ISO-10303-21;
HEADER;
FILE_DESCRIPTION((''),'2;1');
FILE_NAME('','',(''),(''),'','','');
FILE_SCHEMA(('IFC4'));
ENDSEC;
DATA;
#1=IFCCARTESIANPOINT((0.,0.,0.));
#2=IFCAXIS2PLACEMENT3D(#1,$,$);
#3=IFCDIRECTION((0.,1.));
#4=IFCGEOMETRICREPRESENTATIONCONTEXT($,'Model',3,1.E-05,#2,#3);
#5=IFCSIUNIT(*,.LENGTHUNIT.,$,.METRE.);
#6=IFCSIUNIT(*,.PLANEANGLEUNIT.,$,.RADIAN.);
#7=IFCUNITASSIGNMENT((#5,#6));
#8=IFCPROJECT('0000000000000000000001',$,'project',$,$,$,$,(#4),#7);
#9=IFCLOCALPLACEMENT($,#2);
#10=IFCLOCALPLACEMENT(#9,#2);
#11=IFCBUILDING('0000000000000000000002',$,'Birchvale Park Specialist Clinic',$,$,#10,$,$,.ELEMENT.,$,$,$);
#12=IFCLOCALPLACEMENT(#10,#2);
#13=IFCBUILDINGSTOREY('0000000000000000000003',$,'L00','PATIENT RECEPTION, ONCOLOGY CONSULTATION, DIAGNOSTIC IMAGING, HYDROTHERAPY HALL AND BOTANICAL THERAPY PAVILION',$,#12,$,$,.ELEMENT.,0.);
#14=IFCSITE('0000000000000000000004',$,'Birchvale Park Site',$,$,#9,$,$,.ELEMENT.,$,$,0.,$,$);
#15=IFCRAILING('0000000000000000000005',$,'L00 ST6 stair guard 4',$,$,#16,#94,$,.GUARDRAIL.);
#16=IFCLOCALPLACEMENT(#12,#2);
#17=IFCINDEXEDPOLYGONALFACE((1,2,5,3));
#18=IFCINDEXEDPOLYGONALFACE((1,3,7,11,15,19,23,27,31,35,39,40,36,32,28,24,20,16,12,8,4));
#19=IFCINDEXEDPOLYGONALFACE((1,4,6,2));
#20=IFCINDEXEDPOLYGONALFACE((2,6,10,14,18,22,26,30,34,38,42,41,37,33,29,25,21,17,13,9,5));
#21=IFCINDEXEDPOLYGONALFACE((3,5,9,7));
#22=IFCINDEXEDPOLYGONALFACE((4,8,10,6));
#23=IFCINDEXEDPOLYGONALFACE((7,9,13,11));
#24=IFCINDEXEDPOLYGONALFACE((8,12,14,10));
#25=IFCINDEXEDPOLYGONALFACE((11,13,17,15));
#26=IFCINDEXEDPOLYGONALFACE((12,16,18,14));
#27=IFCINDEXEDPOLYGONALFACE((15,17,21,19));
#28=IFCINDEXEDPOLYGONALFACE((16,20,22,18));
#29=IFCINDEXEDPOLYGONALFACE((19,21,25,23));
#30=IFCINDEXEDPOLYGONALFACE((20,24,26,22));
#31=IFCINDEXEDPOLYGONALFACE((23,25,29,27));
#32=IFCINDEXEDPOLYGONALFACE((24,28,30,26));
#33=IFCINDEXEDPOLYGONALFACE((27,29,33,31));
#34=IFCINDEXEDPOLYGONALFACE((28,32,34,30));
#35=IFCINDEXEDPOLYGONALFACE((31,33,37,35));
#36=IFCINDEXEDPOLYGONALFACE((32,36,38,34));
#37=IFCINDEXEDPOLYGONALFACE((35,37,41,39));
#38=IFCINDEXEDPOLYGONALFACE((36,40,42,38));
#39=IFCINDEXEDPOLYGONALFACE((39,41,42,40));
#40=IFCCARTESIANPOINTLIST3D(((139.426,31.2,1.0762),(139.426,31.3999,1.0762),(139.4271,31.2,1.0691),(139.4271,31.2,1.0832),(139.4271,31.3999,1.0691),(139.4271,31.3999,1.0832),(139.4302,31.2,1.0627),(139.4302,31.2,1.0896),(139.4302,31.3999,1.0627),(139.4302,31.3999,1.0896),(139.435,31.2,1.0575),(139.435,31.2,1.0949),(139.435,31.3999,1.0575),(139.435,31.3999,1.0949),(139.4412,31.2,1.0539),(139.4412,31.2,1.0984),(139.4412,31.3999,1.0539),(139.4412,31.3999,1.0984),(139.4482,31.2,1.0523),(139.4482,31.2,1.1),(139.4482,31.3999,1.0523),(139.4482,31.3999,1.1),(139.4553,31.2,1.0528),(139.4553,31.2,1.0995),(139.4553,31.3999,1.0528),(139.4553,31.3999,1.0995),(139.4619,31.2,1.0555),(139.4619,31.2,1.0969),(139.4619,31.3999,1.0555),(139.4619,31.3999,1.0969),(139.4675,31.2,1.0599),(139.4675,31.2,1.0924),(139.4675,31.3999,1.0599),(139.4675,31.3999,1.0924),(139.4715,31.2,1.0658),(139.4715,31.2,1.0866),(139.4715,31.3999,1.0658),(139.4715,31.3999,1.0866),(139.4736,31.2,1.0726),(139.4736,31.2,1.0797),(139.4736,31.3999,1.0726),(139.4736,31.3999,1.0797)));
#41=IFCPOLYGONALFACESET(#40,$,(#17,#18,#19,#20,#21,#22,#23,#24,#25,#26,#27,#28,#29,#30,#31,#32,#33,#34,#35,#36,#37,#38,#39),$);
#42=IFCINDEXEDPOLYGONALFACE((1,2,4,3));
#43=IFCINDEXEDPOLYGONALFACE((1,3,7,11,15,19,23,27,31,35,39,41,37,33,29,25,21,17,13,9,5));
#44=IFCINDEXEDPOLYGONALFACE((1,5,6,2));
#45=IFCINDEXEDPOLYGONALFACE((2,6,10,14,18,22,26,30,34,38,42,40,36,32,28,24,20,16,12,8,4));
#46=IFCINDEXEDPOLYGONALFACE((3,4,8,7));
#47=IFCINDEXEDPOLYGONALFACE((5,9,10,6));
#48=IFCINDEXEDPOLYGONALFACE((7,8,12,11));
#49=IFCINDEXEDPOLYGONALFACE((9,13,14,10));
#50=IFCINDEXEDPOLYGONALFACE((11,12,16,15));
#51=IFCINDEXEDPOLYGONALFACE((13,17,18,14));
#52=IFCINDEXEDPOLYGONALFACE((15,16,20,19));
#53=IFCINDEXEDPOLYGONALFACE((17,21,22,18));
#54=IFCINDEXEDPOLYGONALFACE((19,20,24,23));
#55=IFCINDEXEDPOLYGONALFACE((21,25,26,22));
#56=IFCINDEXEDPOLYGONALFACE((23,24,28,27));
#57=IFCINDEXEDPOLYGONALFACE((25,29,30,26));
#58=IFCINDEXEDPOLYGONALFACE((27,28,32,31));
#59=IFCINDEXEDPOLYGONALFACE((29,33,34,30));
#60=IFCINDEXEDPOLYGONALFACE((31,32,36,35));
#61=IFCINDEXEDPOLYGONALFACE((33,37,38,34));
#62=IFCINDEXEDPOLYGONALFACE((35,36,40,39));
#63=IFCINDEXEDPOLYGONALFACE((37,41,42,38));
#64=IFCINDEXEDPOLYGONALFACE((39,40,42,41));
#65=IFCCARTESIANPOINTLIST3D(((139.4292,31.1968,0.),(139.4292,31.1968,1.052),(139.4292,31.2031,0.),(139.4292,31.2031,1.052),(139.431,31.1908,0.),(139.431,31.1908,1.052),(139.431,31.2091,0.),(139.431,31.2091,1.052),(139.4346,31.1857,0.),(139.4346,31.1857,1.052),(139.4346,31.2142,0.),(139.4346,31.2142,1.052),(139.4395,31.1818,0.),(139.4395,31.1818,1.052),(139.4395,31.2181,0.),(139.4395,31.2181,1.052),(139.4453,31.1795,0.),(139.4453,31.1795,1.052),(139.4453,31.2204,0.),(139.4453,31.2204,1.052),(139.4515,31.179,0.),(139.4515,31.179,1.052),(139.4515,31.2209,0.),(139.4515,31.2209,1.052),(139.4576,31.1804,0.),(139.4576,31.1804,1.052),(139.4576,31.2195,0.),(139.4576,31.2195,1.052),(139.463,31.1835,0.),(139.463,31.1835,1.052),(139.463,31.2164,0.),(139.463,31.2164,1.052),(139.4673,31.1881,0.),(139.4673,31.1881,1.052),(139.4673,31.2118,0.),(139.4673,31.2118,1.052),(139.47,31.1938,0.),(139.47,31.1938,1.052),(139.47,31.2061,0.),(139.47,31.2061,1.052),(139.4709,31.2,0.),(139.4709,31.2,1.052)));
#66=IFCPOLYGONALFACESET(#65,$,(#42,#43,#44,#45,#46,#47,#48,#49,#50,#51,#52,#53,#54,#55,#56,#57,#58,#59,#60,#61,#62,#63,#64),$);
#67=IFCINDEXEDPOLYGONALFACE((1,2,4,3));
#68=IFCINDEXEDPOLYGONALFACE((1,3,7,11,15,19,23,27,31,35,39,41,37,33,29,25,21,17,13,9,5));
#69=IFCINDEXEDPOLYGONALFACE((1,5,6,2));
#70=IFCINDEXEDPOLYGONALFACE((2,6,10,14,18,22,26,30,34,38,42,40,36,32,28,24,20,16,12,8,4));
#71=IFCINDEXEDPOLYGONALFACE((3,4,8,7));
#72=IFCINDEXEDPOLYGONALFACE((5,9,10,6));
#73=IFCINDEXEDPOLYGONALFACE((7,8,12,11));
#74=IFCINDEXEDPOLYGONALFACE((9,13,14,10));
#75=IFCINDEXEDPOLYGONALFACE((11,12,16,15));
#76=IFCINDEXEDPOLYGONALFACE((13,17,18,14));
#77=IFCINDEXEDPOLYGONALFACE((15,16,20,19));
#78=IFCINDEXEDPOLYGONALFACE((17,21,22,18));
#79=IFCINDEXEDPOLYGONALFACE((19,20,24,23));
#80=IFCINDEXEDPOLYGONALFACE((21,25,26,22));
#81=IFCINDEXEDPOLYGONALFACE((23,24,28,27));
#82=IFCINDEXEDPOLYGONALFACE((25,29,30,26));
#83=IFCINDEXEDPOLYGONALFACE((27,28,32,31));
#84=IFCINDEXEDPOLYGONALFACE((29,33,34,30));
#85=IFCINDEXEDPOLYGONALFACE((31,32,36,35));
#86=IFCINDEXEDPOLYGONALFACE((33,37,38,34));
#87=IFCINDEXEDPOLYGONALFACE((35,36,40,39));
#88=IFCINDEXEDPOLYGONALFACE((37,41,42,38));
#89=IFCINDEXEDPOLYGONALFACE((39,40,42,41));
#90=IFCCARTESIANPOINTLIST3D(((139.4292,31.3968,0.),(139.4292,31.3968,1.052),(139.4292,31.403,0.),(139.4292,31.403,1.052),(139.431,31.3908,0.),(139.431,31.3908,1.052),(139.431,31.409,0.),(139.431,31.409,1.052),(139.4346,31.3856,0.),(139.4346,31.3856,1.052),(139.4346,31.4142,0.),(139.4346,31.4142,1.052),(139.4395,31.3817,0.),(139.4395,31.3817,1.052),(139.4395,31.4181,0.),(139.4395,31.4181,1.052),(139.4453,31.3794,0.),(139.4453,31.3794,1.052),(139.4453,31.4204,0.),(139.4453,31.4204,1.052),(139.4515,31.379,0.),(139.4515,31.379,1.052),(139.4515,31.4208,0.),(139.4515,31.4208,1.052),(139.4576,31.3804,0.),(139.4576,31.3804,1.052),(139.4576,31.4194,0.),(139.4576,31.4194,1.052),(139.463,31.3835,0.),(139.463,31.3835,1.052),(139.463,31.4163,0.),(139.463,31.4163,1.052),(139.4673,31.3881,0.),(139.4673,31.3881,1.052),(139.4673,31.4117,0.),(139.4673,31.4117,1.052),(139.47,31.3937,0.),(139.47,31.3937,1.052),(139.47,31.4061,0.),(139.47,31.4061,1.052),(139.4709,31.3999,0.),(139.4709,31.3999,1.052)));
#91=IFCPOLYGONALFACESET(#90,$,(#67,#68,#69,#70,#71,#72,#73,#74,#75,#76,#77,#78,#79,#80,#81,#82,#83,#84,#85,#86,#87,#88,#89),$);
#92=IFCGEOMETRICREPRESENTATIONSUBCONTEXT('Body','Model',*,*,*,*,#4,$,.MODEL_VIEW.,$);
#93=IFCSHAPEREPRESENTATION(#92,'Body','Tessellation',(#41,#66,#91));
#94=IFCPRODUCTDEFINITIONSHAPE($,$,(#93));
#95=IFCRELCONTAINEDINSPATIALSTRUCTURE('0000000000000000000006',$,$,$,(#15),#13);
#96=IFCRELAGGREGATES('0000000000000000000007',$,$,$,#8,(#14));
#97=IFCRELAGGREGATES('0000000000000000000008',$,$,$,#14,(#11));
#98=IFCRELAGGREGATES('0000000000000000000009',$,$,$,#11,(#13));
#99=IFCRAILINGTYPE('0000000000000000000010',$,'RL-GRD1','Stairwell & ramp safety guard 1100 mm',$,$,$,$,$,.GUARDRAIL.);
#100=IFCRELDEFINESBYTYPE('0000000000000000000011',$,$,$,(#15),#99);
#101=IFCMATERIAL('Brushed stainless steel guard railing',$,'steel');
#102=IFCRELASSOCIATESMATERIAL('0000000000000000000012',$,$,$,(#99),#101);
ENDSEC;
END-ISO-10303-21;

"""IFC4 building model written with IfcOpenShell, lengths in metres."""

from ifc_helpers import new_model, si_unit, direction, frame, origin, origin_2d, place, context, subcontext, project, spatial, circle, extrude, material, type_object, element, save


model = new_model("IFC4")

# Units and contexts
model_context = context("Model", 3, precision=1e-05, world=origin(), true_north=direction((0.0, 1.0)))
body_context = subcontext(model_context, "Body", "Model", "MODEL_VIEW")
ifc_project = project(units=[si_unit("LENGTHUNIT", "METRE"), si_unit("PLANEANGLEUNIT", "RADIAN")], contexts=[model_context])

# Site, building, storey
site_placement = place(None, origin())
site = spatial("IfcSite", under=ifc_project, at=site_placement, Name="Birchvale Park Site", CompositionType="ELEMENT", RefElevation=0.0)
building_placement = place(site_placement, origin())
building = spatial("IfcBuilding", under=site, at=building_placement, Name="Birchvale Park Specialist Clinic", CompositionType="ELEMENT")
storey_placement = place(building_placement, origin())
storey = spatial("IfcBuildingStorey", under=building, at=storey_placement, Name="L00", Description="PATIENT RECEPTION, ONCOLOGY CONSULTATION, DIAGNOSTIC IMAGING, HYDROTHERAPY HALL AND BOTANICAL THERAPY PAVILION", CompositionType="ELEMENT", Elevation=0.0)

# Railing
ifc_material_1 = material(Name="Brushed stainless steel guard railing", Category="steel")
railing_type_1 = type_object("IfcRailingType", Name="RL-GRD1", Description="Stairwell & ramp safety guard 1100 mm", PredefinedType="GUARDRAIL", material=ifc_material_1)
railing_1_placement = place(storey_placement, frame((139.45, 31.2, 0.0)))
element("IfcRailing", 1, at=railing_1_placement, inside=storey, type_object=railing_type_1, Name="L00 ST6 stair guard 4", PredefinedType="GUARDRAIL", context=body_context, shape_type="SweptSolid", body=[
    extrude(circle(Radius=0.0239, at=origin_2d()), frame((0.0, 0.0, 1.0762), z_axis=(0.0, 1.0, 0.0), x_axis=(-1.0, 0.0, 0.0)), (0.0, 0.0, 1.0), 0.2),
    extrude(circle(Radius=0.021, at=origin_2d()), origin(), (0.0, 0.0, 1.0), 1.052),
    extrude(circle(Radius=0.021, at=origin_2d()), frame((0.0, 0.2, 0.0)), (0.0, 0.0, 1.0), 1.052),
])

save(model, "model.ifc")
